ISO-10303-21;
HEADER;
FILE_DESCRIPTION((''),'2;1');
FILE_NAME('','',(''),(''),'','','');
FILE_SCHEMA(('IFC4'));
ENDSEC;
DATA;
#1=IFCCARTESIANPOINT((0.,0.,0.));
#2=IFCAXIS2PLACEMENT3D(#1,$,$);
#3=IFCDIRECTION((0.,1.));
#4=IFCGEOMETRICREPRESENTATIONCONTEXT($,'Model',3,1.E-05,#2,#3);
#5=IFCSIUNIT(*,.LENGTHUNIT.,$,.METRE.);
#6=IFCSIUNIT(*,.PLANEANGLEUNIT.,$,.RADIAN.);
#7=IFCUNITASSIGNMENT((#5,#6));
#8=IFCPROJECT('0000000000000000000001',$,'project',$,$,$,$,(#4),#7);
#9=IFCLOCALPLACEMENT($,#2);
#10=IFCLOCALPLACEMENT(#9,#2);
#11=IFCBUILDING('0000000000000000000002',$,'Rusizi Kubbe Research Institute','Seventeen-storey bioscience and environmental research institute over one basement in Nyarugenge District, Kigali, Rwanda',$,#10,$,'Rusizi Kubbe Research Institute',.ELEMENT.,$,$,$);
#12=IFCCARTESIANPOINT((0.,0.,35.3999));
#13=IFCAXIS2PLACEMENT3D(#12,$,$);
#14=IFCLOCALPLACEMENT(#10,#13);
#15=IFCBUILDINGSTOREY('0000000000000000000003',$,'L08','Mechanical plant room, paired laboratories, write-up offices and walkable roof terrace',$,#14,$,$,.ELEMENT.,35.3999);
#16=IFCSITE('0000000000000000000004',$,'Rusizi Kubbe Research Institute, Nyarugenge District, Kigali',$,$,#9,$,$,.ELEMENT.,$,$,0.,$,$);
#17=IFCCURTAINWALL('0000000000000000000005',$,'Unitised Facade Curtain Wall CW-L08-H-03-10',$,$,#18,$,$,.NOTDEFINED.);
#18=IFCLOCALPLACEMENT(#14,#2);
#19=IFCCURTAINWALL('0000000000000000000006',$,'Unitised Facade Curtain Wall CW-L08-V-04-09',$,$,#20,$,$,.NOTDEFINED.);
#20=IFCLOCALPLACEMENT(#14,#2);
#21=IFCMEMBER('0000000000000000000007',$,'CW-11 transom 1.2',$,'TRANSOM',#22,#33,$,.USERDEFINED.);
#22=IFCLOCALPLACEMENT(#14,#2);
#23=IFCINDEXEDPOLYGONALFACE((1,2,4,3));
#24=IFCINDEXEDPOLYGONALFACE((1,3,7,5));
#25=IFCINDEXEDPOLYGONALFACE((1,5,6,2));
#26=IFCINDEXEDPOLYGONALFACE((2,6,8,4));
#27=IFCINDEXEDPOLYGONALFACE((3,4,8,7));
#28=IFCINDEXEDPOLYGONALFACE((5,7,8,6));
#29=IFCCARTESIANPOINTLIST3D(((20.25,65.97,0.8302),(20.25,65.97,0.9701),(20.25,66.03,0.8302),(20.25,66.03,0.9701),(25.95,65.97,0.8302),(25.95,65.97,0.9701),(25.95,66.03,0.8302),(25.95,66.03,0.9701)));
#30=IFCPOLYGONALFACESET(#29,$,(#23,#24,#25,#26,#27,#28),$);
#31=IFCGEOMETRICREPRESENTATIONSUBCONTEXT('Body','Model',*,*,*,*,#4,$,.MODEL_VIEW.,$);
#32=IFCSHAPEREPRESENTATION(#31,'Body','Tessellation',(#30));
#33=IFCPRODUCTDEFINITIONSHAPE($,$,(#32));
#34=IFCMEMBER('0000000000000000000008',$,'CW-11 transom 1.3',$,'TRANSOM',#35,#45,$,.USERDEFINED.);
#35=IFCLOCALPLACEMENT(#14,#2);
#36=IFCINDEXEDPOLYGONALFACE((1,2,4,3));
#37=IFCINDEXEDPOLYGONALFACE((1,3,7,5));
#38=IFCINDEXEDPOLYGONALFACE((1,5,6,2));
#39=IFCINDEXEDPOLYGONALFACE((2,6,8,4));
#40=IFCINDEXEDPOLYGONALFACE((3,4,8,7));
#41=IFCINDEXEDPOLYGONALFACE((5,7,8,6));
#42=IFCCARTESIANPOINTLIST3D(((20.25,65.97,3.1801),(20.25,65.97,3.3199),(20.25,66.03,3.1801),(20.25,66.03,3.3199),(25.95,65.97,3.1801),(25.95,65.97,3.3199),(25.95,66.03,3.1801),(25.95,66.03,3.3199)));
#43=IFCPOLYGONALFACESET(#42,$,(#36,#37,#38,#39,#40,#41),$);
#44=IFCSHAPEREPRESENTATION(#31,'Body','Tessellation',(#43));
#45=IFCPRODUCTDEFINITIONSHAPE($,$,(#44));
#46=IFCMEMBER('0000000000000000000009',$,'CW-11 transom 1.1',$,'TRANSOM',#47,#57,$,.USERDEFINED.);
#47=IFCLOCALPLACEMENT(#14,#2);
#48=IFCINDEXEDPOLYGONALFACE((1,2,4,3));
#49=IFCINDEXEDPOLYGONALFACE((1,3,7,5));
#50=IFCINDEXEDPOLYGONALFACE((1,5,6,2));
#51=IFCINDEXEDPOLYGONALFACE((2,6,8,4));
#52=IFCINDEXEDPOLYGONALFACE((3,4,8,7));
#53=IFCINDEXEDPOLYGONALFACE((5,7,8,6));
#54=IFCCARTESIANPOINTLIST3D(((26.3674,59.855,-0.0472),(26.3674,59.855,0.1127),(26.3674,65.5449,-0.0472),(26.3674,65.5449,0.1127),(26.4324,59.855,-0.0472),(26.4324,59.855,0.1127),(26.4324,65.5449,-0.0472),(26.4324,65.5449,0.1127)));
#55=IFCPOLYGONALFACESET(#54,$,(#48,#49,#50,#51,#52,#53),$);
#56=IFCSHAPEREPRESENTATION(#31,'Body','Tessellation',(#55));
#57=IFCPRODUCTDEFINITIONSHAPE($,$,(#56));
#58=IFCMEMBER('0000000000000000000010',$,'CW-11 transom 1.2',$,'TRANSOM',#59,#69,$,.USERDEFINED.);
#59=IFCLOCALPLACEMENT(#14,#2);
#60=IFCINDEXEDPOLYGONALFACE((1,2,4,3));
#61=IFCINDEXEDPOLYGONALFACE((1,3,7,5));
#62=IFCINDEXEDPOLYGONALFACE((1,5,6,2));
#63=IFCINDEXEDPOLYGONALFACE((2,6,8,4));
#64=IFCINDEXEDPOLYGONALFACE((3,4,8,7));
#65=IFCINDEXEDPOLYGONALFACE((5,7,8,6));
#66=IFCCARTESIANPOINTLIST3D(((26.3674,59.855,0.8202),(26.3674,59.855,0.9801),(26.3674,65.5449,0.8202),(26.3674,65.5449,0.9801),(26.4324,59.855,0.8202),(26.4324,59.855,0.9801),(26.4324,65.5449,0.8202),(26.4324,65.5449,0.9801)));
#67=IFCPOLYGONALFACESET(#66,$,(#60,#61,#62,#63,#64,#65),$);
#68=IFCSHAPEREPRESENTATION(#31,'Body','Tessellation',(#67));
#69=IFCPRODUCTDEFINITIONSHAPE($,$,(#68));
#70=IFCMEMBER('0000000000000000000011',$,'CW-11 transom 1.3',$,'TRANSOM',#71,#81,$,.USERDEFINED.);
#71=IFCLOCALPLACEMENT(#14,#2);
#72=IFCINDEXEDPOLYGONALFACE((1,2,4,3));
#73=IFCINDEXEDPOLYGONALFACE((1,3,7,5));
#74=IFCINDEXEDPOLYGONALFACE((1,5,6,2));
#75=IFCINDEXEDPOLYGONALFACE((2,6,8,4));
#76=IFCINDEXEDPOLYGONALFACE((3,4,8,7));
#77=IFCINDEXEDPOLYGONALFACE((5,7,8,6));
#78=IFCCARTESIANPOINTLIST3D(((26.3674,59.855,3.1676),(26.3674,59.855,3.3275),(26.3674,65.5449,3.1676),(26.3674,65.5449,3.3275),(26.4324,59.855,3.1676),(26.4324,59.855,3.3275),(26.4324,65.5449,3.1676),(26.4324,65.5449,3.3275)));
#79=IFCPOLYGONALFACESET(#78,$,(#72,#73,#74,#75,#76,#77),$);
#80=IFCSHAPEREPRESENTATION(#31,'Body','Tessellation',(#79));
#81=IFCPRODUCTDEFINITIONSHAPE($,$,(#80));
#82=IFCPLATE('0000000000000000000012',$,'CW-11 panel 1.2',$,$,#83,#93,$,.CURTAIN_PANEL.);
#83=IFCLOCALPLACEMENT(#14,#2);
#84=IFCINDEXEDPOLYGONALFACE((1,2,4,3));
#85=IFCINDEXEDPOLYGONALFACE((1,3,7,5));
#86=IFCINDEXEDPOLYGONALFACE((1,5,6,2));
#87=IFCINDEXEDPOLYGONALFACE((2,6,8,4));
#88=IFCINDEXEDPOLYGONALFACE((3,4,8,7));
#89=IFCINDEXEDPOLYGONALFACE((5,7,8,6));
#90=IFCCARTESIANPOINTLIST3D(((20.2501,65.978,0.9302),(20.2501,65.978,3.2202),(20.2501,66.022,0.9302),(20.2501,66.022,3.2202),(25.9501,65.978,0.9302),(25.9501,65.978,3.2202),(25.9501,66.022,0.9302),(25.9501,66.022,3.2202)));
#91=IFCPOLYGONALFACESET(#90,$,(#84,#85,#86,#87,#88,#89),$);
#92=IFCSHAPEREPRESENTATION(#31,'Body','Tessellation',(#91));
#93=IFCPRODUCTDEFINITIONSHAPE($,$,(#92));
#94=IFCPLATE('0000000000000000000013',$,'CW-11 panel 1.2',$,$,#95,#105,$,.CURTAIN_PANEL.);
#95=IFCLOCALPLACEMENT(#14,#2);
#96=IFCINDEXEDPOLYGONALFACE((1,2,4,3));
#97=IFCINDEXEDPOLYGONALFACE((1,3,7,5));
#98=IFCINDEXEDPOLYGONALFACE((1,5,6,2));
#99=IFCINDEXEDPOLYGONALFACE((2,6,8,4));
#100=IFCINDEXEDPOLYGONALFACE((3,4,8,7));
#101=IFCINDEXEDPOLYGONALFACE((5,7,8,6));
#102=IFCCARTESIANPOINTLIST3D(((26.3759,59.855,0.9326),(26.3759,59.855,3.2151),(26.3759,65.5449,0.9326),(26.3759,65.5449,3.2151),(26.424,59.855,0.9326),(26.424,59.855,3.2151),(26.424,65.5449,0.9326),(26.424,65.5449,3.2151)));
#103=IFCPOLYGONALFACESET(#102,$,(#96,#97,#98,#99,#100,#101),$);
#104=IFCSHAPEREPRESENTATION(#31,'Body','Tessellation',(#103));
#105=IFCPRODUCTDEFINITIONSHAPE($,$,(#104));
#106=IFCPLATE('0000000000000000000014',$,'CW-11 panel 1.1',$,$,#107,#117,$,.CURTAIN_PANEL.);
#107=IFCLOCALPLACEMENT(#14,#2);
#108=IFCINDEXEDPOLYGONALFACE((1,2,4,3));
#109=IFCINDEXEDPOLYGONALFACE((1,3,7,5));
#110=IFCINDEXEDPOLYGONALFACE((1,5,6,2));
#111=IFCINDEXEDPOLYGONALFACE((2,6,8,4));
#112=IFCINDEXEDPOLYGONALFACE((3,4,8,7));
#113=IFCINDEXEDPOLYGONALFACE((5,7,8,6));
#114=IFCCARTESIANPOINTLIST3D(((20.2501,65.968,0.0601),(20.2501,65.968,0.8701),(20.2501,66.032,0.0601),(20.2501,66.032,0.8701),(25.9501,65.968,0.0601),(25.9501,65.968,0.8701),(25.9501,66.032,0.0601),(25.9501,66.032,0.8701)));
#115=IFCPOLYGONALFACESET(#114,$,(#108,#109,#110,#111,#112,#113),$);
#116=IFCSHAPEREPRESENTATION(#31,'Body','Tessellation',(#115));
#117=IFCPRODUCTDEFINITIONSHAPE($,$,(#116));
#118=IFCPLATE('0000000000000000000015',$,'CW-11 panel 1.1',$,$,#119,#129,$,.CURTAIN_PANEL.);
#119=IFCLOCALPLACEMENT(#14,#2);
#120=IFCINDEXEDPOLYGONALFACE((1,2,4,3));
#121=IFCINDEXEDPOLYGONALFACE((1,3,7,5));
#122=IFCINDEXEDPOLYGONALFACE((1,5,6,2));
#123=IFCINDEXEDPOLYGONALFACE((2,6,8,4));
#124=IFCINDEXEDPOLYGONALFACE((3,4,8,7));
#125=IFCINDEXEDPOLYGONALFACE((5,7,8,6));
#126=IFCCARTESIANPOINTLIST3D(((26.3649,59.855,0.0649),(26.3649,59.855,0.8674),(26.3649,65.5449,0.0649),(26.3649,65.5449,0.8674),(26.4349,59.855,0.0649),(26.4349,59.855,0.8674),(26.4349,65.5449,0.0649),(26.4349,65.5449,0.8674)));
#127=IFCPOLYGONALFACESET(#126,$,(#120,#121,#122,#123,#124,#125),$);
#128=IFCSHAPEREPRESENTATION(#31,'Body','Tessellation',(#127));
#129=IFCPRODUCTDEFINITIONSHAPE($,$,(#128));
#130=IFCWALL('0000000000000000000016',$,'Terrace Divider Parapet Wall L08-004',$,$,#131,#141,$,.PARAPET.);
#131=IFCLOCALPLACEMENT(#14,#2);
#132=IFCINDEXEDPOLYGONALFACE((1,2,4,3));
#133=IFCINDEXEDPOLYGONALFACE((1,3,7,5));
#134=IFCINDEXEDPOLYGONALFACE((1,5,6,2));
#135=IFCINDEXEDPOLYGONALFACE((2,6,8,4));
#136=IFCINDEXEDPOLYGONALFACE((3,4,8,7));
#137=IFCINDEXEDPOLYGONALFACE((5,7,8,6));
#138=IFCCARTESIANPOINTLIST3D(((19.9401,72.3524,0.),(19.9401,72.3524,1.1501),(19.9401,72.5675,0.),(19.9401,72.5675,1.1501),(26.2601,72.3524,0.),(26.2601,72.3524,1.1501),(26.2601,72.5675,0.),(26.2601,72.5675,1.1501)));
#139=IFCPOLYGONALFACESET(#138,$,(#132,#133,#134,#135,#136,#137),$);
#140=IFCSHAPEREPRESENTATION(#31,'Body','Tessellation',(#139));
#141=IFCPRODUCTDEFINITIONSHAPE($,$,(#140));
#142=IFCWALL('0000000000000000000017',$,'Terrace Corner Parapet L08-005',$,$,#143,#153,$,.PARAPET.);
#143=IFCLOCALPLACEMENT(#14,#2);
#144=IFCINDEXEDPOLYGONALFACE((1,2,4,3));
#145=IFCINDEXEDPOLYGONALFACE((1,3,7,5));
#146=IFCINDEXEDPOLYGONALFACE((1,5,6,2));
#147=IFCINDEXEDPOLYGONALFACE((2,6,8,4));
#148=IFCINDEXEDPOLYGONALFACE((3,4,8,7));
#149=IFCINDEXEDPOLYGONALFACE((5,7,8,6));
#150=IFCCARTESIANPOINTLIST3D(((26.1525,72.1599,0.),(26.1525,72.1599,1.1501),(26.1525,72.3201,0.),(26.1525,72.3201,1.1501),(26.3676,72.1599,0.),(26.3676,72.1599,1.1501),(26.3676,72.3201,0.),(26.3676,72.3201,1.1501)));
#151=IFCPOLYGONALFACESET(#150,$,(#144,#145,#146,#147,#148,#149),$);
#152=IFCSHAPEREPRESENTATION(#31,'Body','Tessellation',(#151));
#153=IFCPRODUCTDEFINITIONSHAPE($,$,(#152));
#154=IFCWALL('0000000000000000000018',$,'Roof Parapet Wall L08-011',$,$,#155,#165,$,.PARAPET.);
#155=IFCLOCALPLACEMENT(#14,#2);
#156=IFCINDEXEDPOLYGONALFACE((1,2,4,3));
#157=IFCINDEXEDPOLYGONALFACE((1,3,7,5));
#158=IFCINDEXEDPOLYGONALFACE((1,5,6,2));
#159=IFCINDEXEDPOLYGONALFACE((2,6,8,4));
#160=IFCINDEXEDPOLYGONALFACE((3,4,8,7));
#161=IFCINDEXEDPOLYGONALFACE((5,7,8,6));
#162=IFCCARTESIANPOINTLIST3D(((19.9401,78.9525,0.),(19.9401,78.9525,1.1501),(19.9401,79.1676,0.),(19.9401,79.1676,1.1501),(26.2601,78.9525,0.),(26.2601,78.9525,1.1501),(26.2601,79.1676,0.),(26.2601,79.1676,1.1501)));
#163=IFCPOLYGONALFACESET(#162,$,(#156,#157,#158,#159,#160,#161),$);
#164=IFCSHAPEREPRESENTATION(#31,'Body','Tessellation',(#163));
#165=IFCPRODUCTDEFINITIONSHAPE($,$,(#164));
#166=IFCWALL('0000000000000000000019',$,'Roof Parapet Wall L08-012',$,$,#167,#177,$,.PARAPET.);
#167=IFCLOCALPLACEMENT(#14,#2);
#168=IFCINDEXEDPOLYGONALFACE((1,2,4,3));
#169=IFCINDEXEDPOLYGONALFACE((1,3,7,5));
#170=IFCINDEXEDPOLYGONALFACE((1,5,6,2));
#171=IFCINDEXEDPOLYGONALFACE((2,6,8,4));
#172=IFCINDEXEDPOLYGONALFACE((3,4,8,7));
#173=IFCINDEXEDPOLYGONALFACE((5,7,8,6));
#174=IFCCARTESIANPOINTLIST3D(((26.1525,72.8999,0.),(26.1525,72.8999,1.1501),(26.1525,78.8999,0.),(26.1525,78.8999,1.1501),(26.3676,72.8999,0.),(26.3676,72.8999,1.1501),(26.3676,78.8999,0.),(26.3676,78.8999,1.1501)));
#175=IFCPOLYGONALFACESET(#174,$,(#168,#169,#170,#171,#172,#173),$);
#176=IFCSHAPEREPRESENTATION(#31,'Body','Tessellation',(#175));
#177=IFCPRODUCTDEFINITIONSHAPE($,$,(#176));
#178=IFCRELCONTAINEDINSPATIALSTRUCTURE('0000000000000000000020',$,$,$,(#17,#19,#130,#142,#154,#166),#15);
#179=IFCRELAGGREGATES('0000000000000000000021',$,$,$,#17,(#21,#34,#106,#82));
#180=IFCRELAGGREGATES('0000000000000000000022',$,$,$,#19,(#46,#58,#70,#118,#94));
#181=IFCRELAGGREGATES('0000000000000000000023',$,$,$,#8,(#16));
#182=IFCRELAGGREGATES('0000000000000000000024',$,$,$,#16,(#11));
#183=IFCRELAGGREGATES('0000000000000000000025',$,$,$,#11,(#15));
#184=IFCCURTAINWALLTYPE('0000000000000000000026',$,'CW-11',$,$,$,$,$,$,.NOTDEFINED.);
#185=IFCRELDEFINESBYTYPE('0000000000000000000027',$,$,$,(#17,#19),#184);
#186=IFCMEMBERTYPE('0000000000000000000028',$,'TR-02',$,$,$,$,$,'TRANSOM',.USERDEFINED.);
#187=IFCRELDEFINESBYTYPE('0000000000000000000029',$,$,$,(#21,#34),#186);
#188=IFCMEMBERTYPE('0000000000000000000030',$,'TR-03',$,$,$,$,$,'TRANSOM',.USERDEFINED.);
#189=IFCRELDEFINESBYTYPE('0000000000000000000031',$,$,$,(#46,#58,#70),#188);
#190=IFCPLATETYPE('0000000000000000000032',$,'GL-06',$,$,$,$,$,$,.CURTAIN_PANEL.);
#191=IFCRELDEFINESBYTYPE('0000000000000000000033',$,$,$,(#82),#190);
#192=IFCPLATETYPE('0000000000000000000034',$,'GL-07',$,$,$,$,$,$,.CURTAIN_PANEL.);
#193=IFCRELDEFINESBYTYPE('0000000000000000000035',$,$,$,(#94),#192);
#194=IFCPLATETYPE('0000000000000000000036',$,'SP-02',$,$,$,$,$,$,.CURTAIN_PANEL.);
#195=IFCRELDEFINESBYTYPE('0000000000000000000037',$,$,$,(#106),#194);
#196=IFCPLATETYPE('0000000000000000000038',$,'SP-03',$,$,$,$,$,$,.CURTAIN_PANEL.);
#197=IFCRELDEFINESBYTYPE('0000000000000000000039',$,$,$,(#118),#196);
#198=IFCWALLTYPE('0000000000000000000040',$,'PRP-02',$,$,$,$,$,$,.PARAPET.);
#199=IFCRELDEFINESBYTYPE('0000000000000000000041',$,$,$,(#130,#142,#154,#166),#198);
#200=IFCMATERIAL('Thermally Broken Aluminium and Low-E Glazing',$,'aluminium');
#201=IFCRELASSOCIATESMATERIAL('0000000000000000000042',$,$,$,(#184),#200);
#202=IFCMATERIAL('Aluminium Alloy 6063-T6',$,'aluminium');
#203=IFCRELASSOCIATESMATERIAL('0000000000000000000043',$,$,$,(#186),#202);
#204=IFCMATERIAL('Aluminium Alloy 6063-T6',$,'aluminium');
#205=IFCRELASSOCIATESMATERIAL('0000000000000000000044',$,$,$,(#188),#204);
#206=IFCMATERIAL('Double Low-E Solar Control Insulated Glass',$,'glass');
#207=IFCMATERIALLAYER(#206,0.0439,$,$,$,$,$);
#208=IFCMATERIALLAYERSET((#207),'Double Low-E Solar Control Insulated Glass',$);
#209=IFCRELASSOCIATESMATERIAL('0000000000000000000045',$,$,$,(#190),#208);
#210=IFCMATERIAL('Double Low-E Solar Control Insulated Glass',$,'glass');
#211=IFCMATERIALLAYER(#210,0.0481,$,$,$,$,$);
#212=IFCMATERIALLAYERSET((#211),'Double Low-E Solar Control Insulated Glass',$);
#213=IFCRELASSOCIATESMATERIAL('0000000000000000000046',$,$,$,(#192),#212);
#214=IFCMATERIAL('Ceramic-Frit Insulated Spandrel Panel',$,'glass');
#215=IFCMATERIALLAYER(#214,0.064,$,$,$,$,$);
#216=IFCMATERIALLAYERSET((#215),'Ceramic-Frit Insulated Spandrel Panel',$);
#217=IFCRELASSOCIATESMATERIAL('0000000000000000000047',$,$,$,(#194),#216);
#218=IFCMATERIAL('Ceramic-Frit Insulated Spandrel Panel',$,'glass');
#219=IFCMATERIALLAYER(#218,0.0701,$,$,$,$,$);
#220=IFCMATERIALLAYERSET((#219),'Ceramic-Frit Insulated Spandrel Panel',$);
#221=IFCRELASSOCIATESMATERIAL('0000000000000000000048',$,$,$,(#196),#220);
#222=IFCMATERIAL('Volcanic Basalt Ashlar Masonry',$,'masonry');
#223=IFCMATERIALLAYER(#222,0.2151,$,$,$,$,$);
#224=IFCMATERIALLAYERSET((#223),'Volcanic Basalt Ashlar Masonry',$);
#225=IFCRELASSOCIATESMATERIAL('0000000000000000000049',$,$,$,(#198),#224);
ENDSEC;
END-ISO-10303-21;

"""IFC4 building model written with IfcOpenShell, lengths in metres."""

from ifc_helpers import new_model, si_unit, direction, frame, frame_2d, origin, origin_2d, place, context, subcontext, project, spatial, rectangle, extrude, material, layer, layer_set, material_profile, profile_set, type_object, element, aggregate, save


model = new_model("IFC4")

# Units and contexts
model_context = context("Model", 3, precision=1e-05, world=origin(), true_north=direction((0.0, 1.0)))
body_context = subcontext(model_context, "Body", "Model", "MODEL_VIEW")
ifc_project = project(units=[si_unit("LENGTHUNIT", "METRE"), si_unit("PLANEANGLEUNIT", "RADIAN")], contexts=[model_context])

# Site, building, storey
site_placement = place(None, origin())
site = spatial("IfcSite", under=ifc_project, at=site_placement, Name="Rusizi Kubbe Research Institute, Nyarugenge District, Kigali", CompositionType="ELEMENT", RefElevation=0.0)
building_placement = place(site_placement, origin())
building = spatial("IfcBuilding", under=site, at=building_placement, Name="Rusizi Kubbe Research Institute", Description="Seventeen-storey bioscience and environmental research institute over one basement in Nyarugenge District, Kigali, Rwanda", LongName="Rusizi Kubbe Research Institute", CompositionType="ELEMENT")
storey_placement = place(building_placement, frame((0.0, 0.0, 35.3999)))
storey = spatial("IfcBuildingStorey", under=building, at=storey_placement, Name="L08", Description="Mechanical plant room, paired laboratories, write-up offices and walkable roof terrace", CompositionType="ELEMENT", Elevation=35.3999)

# Curtain wall
ifc_material_1 = material(Name="Thermally Broken Aluminium and Low-E Glazing", Category="aluminium")
curtain_wall_type = type_object("IfcCurtainWallType", Name="CW-11", PredefinedType="NOTDEFINED", material=ifc_material_1)
curtain_wall_1_placement = place(storey_placement, origin())
curtain_wall_1 = element("IfcCurtainWall", 1, at=curtain_wall_1_placement, inside=storey, type_object=curtain_wall_type, Name="Unitised Facade Curtain Wall CW-L08-H-03-10", PredefinedType="NOTDEFINED")

# Curtain wall
curtain_wall_2_placement = place(storey_placement, origin())
curtain_wall_2 = element("IfcCurtainWall", 2, at=curtain_wall_2_placement, inside=storey, type_object=curtain_wall_type, Name="Unitised Facade Curtain Wall CW-L08-V-04-09", PredefinedType="NOTDEFINED")

# Members
ifc_material_2 = material(Name="Aluminium Alloy 6063-T6", Category="aluminium")
ifc_material_profile_1 = material_profile(ifc_material_2, rectangle(XDim=0.0601, YDim=0.1399, at=origin_2d()), Name="ALU-T 60x140")
ifc_profile_set_1 = profile_set([ifc_material_profile_1], Name="Aluminium Alloy 6063-T6")
member_type_1 = type_object("IfcMemberType", Name="TR-02", ElementType="TRANSOM", PredefinedType="USERDEFINED", material=ifc_profile_set_1)
member_1_placement = place(storey_placement, frame((20.25, 66.0, 0.9001), z_axis=(1.0, 0.0, 0.0), x_axis=(0.0, 1.0, 0.0)))
member_1 = element("IfcMember", 3, at=member_1_placement, type_object=member_type_1, Name="CW-11 transom 1.2", ObjectType="TRANSOM", PredefinedType="USERDEFINED", context=body_context, shape_type="SweptSolid", body=[
    extrude(rectangle(XDim=0.0601, YDim=0.1399, at=origin_2d()), origin(), (0.0, 0.0, 1.0), 5.7),
])
member_2_placement = place(storey_placement, frame((20.25, 66.0, 3.25), z_axis=(1.0, 0.0, 0.0), x_axis=(0.0, 1.0, 0.0)))
member_2 = element("IfcMember", 4, at=member_2_placement, type_object=member_type_1, Name="CW-11 transom 1.3", ObjectType="TRANSOM", PredefinedType="USERDEFINED", context=body_context, shape_type="SweptSolid", body=[
    extrude(rectangle(XDim=0.0601, YDim=0.1399, at=origin_2d()), origin(), (0.0, 0.0, 1.0), 5.7),
])
ifc_material_3 = material(Name="Aluminium Alloy 6063-T6", Category="aluminium")
ifc_material_profile_2 = material_profile(ifc_material_3, rectangle(XDim=0.0649, YDim=0.1599, at=origin_2d()), Name="ALU-T 65x160")
ifc_profile_set_2 = profile_set([ifc_material_profile_2], Name="Aluminium Alloy 6063-T6")
member_type_2 = type_object("IfcMemberType", Name="TR-03", ElementType="TRANSOM", PredefinedType="USERDEFINED", material=ifc_profile_set_2)
member_3_placement = place(storey_placement, frame((26.3999, 59.855, 0.0327), z_axis=(0.0, 1.0, 0.0), x_axis=(-1.0, 0.0, 0.0)))
member_3 = element("IfcMember", 5, at=member_3_placement, type_object=member_type_2, Name="CW-11 transom 1.1", ObjectType="TRANSOM", PredefinedType="USERDEFINED", context=body_context, shape_type="SweptSolid", body=[
    extrude(rectangle(XDim=0.0649, YDim=0.1599, at=origin_2d()), origin(), (0.0, 0.0, 1.0), 5.6899),
])
member_4_placement = place(storey_placement, frame((26.3999, 59.855, 0.9001), z_axis=(0.0, 1.0, 0.0), x_axis=(-1.0, 0.0, 0.0)))
member_4 = element("IfcMember", 6, at=member_4_placement, type_object=member_type_2, Name="CW-11 transom 1.2", ObjectType="TRANSOM", PredefinedType="USERDEFINED", context=body_context, shape_type="SweptSolid", body=[
    extrude(rectangle(XDim=0.0649, YDim=0.1599, at=origin_2d()), origin(), (0.0, 0.0, 1.0), 5.6899),
])
member_5_placement = place(storey_placement, frame((26.3999, 59.855, 3.2476), z_axis=(0.0, 1.0, 0.0), x_axis=(-1.0, 0.0, 0.0)))
member_5 = element("IfcMember", 7, at=member_5_placement, type_object=member_type_2, Name="CW-11 transom 1.3", ObjectType="TRANSOM", PredefinedType="USERDEFINED", context=body_context, shape_type="SweptSolid", body=[
    extrude(rectangle(XDim=0.0649, YDim=0.1599, at=origin_2d()), origin(), (0.0, 0.0, 1.0), 5.6899),
])

# Plates
ifc_material_4 = material(Name="Double Low-E Solar Control Insulated Glass", Category="glass")
ifc_layer_1 = layer(ifc_material_4, 0.0439)
ifc_layer_set_1 = layer_set([ifc_layer_1], Name="Double Low-E Solar Control Insulated Glass")
plate_type_1 = type_object("IfcPlateType", Name="GL-06", PredefinedType="CURTAIN_PANEL", material=ifc_layer_set_1)
plate_1_placement = place(storey_placement, frame((23.1001, 66.0, 0.9302), z_axis=(0.0, 0.0, 1.0), x_axis=(1.0, 0.0, 0.0)))
plate_1 = element("IfcPlate", 8, at=plate_1_placement, type_object=plate_type_1, Name="CW-11 panel 1.2", PredefinedType="CURTAIN_PANEL", context=body_context, shape_type="SweptSolid", body=[
    extrude(rectangle(XDim=5.7, YDim=0.0439, at=origin_2d()), origin(), (0.0, 0.0, 1.0), 2.29),
])
ifc_material_5 = material(Name="Double Low-E Solar Control Insulated Glass", Category="glass")
ifc_layer_2 = layer(ifc_material_5, 0.0481)
ifc_layer_set_2 = layer_set([ifc_layer_2], Name="Double Low-E Solar Control Insulated Glass")
plate_type_2 = type_object("IfcPlateType", Name="GL-07", PredefinedType="CURTAIN_PANEL", material=ifc_layer_set_2)
plate_2_placement = place(storey_placement, frame((26.3999, 62.7, 0.9326), z_axis=(0.0, 0.0, 1.0), x_axis=(0.0, 1.0, 0.0)))
plate_2 = element("IfcPlate", 9, at=plate_2_placement, type_object=plate_type_2, Name="CW-11 panel 1.2", PredefinedType="CURTAIN_PANEL", context=body_context, shape_type="SweptSolid", body=[
    extrude(rectangle(XDim=5.6899, YDim=0.0481, at=origin_2d()), origin(), (0.0, 0.0, 1.0), 2.2825),
])
ifc_material_6 = material(Name="Ceramic-Frit Insulated Spandrel Panel", Category="glass")
ifc_layer_3 = layer(ifc_material_6, 0.064)
ifc_layer_set_3 = layer_set([ifc_layer_3], Name="Ceramic-Frit Insulated Spandrel Panel")
plate_type_3 = type_object("IfcPlateType", Name="SP-02", PredefinedType="CURTAIN_PANEL", material=ifc_layer_set_3)
plate_3_placement = place(storey_placement, frame((23.1001, 66.0, 0.0601), z_axis=(0.0, 0.0, 1.0), x_axis=(1.0, 0.0, 0.0)))
plate_3 = element("IfcPlate", 10, at=plate_3_placement, type_object=plate_type_3, Name="CW-11 panel 1.1", PredefinedType="CURTAIN_PANEL", context=body_context, shape_type="SweptSolid", body=[
    extrude(rectangle(XDim=5.7, YDim=0.064, at=origin_2d()), origin(), (0.0, 0.0, 1.0), 0.8101),
])
aggregate(curtain_wall_1, [member_1, member_2, plate_3, plate_1])
ifc_material_7 = material(Name="Ceramic-Frit Insulated Spandrel Panel", Category="glass")
ifc_layer_4 = layer(ifc_material_7, 0.0701)
ifc_layer_set_4 = layer_set([ifc_layer_4], Name="Ceramic-Frit Insulated Spandrel Panel")
plate_type_4 = type_object("IfcPlateType", Name="SP-03", PredefinedType="CURTAIN_PANEL", material=ifc_layer_set_4)
plate_4_placement = place(storey_placement, frame((26.3999, 62.7, 0.0649), z_axis=(0.0, 0.0, 1.0), x_axis=(0.0, 1.0, 0.0)))
plate_4 = element("IfcPlate", 11, at=plate_4_placement, type_object=plate_type_4, Name="CW-11 panel 1.1", PredefinedType="CURTAIN_PANEL", context=body_context, shape_type="SweptSolid", body=[
    extrude(rectangle(XDim=5.6899, YDim=0.0701, at=origin_2d()), origin(), (0.0, 0.0, 1.0), 0.8025),
])
aggregate(curtain_wall_2, [member_3, member_4, member_5, plate_4, plate_2])

# Walls
ifc_material_8 = material(Name="Volcanic Basalt Ashlar Masonry", Category="masonry")
ifc_layer_5 = layer(ifc_material_8, 0.2151)
ifc_layer_set_5 = layer_set([ifc_layer_5], Name="Volcanic Basalt Ashlar Masonry")
wall_type = type_object("IfcWallType", Name="PRP-02", PredefinedType="PARAPET", material=ifc_layer_set_5)
wall_1_placement = place(storey_placement, frame((19.9399, 72.46, 0.0), z_axis=(0.0, 0.0, 1.0), x_axis=(1.0, 0.0, 0.0)))
element("IfcWall", 12, at=wall_1_placement, inside=storey, type_object=wall_type, Name="Terrace Divider Parapet Wall L08-004", PredefinedType="PARAPET", context=body_context, shape_type="SweptSolid", body=[
    extrude(rectangle(XDim=6.3201, YDim=0.2151, at=frame_2d((3.1602, 0.0))), origin(), (0.0, 0.0, 1.0), 1.1501),
])
wall_2_placement = place(storey_placement, frame((26.26, 72.1599, 0.0), z_axis=(0.0, 0.0, 1.0), x_axis=(0.0, 1.0, 0.0)))
element("IfcWall", 13, at=wall_2_placement, inside=storey, type_object=wall_type, Name="Terrace Corner Parapet L08-005", PredefinedType="PARAPET", context=body_context, shape_type="SweptSolid", body=[
    extrude(rectangle(XDim=0.1602, YDim=0.2151, at=frame_2d((0.0801, 0.0))), origin(), (0.0, 0.0, 1.0), 1.1501),
])
wall_3_placement = place(storey_placement, frame((19.9399, 79.0601, 0.0), z_axis=(0.0, 0.0, 1.0), x_axis=(1.0, 0.0, 0.0)))
element("IfcWall", 14, at=wall_3_placement, inside=storey, type_object=wall_type, Name="Roof Parapet Wall L08-011", PredefinedType="PARAPET", context=body_context, shape_type="SweptSolid", body=[
    extrude(rectangle(XDim=6.3201, YDim=0.2151, at=frame_2d((3.1602, 0.0))), origin(), (0.0, 0.0, 1.0), 1.1501),
])
wall_4_placement = place(storey_placement, frame((26.26, 72.8999, 0.0), z_axis=(0.0, 0.0, 1.0), x_axis=(0.0, 1.0, 0.0)))
element("IfcWall", 15, at=wall_4_placement, inside=storey, type_object=wall_type, Name="Roof Parapet Wall L08-012", PredefinedType="PARAPET", context=body_context, shape_type="SweptSolid", body=[
    extrude(rectangle(XDim=6.0, YDim=0.2151, at=frame_2d((3.0, 0.0))), origin(), (0.0, 0.0, 1.0), 1.1501),
])

save(model, "model.ifc")
